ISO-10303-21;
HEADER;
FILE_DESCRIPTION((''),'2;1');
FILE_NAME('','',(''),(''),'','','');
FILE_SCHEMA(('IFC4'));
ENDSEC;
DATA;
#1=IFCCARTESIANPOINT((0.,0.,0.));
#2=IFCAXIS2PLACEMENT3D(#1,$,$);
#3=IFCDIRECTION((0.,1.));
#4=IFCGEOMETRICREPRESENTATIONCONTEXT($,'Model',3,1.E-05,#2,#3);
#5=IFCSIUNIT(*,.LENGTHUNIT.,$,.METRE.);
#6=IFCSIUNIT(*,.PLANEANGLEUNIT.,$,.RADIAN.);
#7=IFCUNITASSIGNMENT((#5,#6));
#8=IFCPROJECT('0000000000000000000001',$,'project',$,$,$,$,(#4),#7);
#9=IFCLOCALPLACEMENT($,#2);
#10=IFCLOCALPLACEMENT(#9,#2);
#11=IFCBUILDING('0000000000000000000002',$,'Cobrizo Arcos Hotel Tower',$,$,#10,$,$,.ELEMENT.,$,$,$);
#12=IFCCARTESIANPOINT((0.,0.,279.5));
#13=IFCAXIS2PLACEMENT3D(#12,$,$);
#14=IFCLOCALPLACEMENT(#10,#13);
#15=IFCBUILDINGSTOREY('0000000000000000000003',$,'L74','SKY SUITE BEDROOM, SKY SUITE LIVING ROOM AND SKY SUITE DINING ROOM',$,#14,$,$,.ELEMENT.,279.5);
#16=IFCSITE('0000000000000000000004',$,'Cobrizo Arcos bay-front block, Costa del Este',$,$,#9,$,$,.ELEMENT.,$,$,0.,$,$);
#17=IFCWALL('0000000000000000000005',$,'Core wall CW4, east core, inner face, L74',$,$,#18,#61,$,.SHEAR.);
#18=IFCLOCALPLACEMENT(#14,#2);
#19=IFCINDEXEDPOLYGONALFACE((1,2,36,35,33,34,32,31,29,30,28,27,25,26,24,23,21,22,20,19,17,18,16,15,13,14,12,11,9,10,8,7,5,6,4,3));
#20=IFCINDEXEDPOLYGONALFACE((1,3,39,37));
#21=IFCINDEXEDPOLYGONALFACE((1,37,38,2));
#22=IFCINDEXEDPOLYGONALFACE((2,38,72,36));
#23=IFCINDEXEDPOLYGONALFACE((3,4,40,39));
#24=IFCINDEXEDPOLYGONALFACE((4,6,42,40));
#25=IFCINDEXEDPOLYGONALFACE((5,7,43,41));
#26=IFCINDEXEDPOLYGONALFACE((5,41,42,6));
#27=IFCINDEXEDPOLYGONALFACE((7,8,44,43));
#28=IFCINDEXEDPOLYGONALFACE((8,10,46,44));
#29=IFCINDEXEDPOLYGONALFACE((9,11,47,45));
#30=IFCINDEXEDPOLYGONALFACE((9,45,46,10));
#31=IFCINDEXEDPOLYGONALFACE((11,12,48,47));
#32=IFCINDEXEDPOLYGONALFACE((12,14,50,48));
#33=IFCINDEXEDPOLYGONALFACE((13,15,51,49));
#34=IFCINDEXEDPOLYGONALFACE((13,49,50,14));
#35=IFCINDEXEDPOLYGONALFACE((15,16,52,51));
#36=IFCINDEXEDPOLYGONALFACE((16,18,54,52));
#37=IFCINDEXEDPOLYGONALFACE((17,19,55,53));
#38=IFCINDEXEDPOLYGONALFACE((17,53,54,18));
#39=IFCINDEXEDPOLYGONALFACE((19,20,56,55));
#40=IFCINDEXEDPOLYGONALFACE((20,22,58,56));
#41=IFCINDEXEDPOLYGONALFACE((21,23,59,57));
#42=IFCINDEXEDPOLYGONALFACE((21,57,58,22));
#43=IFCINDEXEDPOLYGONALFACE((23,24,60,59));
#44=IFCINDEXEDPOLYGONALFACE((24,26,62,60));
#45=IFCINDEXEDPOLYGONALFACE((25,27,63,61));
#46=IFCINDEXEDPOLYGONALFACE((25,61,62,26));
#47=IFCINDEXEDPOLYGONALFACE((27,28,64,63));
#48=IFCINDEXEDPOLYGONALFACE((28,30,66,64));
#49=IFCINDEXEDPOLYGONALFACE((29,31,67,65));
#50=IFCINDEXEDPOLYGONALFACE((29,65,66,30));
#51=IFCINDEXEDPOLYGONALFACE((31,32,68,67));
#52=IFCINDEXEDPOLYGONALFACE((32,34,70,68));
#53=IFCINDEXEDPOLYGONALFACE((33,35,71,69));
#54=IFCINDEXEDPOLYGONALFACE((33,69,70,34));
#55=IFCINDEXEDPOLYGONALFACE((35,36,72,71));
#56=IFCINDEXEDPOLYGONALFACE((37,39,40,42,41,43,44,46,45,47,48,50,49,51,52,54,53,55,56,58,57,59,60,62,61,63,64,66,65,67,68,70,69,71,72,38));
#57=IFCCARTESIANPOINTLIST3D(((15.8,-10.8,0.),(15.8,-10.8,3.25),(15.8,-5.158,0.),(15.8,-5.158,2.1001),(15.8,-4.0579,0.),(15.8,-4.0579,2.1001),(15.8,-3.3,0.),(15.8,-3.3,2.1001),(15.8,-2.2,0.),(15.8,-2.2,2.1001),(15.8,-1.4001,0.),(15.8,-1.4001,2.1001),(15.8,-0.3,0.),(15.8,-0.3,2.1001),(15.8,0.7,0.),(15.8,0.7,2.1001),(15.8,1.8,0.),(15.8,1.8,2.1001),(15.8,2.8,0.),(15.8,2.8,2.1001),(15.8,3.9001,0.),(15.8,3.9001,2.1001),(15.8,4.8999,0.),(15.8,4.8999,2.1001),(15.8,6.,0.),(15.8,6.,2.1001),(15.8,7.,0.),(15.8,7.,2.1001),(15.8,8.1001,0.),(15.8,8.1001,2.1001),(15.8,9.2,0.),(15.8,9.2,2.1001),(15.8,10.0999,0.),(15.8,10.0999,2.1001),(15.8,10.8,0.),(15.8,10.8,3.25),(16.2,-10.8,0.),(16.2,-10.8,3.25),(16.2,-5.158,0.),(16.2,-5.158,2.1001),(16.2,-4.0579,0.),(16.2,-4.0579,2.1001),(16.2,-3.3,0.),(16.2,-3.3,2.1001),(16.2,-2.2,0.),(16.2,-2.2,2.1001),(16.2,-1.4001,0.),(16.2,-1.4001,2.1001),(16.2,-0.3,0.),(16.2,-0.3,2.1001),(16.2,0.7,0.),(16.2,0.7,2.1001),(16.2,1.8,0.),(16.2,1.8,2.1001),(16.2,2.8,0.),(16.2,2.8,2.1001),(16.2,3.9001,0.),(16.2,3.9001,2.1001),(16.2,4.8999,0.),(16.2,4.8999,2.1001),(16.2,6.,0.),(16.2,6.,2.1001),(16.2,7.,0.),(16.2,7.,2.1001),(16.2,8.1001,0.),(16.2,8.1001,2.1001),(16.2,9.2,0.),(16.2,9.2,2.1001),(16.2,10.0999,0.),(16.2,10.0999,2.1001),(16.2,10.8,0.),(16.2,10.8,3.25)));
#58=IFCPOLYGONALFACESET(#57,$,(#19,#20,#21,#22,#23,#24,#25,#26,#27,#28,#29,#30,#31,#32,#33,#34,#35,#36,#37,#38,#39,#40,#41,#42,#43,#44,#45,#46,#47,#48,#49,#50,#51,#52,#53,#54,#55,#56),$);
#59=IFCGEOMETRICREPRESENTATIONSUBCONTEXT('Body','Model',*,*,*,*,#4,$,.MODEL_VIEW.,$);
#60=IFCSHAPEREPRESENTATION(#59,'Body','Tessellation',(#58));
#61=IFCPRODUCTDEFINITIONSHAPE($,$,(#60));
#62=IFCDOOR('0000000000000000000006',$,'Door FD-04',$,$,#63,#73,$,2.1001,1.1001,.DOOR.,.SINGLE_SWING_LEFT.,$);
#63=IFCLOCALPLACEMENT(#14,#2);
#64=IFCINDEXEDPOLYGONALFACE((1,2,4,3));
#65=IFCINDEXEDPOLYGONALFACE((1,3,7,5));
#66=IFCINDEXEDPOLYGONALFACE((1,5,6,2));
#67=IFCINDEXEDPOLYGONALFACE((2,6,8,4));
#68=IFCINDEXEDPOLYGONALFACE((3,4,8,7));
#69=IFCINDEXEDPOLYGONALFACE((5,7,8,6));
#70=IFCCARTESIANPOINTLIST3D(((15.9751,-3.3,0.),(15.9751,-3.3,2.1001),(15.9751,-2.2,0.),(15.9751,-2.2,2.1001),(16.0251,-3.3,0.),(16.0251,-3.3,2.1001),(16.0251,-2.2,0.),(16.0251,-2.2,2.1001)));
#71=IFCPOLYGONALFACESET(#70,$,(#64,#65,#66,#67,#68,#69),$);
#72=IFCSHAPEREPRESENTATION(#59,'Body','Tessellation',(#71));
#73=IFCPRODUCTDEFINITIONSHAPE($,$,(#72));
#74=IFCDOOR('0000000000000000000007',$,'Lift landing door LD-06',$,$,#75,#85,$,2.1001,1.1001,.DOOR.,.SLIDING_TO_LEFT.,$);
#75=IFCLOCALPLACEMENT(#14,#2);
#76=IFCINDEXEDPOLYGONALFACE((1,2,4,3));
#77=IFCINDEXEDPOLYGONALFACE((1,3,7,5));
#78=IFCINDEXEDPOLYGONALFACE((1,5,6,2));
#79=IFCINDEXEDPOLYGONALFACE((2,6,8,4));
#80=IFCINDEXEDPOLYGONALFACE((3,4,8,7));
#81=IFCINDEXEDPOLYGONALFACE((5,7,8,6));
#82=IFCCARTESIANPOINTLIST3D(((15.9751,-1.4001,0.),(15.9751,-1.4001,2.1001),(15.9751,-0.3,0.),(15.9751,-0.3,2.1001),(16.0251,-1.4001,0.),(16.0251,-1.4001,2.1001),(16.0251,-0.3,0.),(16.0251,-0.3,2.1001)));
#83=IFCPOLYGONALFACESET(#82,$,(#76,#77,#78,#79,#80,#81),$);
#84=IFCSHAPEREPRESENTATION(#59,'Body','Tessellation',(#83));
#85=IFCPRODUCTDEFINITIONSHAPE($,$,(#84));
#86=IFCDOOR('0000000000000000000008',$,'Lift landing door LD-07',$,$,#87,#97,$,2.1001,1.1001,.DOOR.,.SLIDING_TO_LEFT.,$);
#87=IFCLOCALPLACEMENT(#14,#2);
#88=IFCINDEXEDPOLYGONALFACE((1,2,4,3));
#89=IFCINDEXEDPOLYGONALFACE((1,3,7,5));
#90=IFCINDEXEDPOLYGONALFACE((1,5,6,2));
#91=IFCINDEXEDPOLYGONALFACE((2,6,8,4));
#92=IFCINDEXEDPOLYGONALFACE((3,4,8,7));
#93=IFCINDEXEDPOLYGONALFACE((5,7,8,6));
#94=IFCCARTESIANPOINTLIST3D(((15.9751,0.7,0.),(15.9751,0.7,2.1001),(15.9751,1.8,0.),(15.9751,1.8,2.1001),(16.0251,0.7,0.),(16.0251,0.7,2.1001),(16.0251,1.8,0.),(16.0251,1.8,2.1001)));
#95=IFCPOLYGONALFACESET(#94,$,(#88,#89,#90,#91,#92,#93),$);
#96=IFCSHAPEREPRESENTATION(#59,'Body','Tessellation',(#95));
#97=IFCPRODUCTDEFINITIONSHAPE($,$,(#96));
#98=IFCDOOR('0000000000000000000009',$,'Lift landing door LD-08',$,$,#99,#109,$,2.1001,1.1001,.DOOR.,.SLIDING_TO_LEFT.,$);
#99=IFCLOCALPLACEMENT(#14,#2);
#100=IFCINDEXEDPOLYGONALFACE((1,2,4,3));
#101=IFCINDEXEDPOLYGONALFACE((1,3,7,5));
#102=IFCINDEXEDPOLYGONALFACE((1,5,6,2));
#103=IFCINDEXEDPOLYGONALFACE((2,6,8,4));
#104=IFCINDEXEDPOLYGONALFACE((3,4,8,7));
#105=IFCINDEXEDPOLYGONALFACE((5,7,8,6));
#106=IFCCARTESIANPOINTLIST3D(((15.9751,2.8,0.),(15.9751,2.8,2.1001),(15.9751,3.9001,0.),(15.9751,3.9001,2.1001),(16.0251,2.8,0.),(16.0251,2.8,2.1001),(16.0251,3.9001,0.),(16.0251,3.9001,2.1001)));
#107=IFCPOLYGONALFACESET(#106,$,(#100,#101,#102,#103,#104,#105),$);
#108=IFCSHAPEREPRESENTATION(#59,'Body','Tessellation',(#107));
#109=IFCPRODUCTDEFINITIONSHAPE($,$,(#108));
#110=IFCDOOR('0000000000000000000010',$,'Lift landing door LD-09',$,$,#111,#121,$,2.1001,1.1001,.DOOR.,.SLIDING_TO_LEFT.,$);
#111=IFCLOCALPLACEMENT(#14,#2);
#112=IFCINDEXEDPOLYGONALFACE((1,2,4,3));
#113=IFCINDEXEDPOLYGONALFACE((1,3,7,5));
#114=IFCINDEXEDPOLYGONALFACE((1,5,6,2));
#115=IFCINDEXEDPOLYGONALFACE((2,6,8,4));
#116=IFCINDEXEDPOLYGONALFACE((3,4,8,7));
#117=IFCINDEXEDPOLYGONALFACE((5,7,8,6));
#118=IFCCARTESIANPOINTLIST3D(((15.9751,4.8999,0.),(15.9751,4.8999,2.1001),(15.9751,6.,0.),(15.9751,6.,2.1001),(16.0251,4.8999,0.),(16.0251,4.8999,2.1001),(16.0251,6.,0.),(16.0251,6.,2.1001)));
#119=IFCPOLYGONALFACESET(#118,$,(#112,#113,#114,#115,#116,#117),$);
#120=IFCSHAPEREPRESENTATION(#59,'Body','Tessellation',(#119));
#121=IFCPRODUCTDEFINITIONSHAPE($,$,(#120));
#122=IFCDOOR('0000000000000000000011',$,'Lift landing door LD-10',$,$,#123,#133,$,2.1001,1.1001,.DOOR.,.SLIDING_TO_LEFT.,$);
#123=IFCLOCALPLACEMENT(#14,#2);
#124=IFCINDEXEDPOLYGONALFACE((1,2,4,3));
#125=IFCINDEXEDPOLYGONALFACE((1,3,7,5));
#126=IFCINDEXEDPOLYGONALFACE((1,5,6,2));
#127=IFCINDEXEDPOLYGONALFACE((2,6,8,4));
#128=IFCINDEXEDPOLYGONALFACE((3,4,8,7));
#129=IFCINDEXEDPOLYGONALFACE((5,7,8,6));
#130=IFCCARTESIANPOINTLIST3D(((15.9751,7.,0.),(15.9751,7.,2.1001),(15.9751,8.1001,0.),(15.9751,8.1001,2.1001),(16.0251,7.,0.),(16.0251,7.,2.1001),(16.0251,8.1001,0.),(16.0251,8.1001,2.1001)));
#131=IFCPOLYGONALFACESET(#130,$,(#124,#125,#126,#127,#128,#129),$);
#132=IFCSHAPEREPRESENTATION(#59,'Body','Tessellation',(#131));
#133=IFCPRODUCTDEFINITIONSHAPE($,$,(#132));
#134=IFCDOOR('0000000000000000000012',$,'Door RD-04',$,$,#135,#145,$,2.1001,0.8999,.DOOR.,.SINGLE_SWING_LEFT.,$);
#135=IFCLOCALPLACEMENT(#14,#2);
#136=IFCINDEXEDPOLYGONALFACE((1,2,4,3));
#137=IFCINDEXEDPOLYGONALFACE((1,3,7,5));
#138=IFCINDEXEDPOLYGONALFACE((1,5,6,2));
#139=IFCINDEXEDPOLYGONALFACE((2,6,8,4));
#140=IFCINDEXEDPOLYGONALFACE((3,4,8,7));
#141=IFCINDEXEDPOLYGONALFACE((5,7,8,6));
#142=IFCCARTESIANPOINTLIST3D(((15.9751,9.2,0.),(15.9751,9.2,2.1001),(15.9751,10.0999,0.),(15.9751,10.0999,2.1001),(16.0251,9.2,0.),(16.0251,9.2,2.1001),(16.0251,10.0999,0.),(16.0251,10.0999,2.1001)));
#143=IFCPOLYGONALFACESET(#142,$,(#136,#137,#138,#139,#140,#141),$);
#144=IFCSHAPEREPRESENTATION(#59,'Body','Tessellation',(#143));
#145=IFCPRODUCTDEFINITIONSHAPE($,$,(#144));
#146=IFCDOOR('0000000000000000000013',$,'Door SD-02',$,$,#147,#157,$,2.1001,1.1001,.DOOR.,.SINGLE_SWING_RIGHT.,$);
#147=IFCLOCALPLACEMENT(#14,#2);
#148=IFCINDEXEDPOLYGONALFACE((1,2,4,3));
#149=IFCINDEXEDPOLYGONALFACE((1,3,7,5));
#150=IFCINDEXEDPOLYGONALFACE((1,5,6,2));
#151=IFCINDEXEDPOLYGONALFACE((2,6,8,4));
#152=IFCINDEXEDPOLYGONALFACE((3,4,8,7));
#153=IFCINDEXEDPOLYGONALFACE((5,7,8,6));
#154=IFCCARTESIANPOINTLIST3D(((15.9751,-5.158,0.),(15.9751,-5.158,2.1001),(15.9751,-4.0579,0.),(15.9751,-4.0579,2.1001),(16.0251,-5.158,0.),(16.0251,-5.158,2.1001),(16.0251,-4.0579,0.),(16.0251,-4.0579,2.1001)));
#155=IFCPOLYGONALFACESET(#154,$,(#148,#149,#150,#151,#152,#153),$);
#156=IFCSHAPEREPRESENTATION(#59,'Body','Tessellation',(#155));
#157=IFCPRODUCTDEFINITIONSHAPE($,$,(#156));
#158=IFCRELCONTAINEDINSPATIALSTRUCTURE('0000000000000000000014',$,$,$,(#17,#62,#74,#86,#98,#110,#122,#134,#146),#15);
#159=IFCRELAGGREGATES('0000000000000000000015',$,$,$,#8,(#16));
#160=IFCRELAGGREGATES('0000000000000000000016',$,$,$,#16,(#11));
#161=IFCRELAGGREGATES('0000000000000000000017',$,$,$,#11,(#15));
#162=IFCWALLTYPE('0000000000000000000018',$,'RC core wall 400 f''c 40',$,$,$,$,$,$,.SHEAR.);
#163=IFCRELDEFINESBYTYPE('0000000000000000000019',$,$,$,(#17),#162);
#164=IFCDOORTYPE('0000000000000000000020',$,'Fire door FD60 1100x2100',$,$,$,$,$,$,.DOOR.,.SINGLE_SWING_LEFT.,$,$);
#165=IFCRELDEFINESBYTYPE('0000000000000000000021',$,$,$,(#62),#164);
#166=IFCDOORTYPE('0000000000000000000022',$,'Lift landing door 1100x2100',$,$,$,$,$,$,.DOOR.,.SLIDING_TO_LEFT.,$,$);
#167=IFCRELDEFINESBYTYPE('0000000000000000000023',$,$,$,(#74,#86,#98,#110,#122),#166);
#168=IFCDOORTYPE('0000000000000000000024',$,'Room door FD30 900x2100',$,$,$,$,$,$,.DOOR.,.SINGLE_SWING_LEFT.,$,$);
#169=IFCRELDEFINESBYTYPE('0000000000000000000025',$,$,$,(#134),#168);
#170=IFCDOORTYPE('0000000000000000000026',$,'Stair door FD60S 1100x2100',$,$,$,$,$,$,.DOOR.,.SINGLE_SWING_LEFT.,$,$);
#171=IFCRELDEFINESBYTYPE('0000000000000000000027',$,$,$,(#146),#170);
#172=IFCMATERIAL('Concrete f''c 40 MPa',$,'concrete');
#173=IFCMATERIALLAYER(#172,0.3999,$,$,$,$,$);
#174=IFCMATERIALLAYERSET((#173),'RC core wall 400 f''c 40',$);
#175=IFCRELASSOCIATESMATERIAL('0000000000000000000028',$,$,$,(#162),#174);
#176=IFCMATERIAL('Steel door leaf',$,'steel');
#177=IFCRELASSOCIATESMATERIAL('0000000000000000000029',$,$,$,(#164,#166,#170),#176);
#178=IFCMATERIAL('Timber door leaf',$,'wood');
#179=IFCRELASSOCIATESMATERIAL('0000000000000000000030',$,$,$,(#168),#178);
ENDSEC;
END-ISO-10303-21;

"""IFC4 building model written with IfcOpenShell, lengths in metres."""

from ifc_helpers import new_model, si_unit, direction, frame, frame_2d, origin, place, context, subcontext, project, spatial, rectangle, extrude, material, layer, layer_set, type_object, element, fill, save


model = new_model("IFC4")

# Units and contexts
model_context = context("Model", 3, precision=1e-05, world=origin(), true_north=direction((0.0, 1.0)))
body_context = subcontext(model_context, "Body", "Model", "MODEL_VIEW")
ifc_project = project(units=[si_unit("LENGTHUNIT", "METRE"), si_unit("PLANEANGLEUNIT", "RADIAN")], contexts=[model_context])

# Site, building, storey
site_placement = place(None, origin())
site = spatial("IfcSite", under=ifc_project, at=site_placement, Name="Cobrizo Arcos bay-front block, Costa del Este", CompositionType="ELEMENT", RefElevation=0.0)
building_placement = place(site_placement, origin())
building = spatial("IfcBuilding", under=site, at=building_placement, Name="Cobrizo Arcos Hotel Tower", CompositionType="ELEMENT")
storey_placement = place(building_placement, frame((0.0, 0.0, 279.5)))
storey = spatial("IfcBuildingStorey", under=building, at=storey_placement, Name="L74", Description="SKY SUITE BEDROOM, SKY SUITE LIVING ROOM AND SKY SUITE DINING ROOM", CompositionType="ELEMENT", Elevation=279.5)

# Wall, openings, doors
ifc_material_1 = material(Name="Concrete f'c 40 MPa", Category="concrete")
ifc_layer_1 = layer(ifc_material_1, 0.3999)
ifc_layer_set_1 = layer_set([ifc_layer_1], Name="RC core wall 400 f'c 40")
wall_type_1 = type_object("IfcWallType", Name="RC core wall 400 f'c 40", PredefinedType="SHEAR", material=ifc_layer_set_1)
wall_1_placement = place(storey_placement, frame((16.0, -10.8, 0.0), z_axis=(0.0, 0.0, 1.0), x_axis=(0.0, 1.0, 0.0)))
wall_1 = element("IfcWall", 1, at=wall_1_placement, inside=storey, type_object=wall_type_1, Name="Core wall CW4, east core, inner face, L74", PredefinedType="SHEAR", context=body_context, shape_type="SweptSolid", body=[
    extrude(rectangle(XDim=21.6001, YDim=0.3999, at=frame_2d((10.8, 0.0))), origin(), (0.0, 0.0, 1.0), 3.25),
])
opening_1_placement = place(wall_1_placement, frame((9.3999, 0.0, 0.0)))
opening_1 = element("IfcOpeningElement", 2, at=opening_1_placement, cuts=wall_1, PredefinedType="OPENING", context=body_context, shape_type="SweptSolid", body=[
    extrude(rectangle(XDim=1.1001, YDim=2.1001, at=frame_2d((0.55, 1.05))), frame((0.0, 0.2119, 0.0), z_axis=(0.0, -1.0, 0.0), x_axis=(1.0, 0.0, 0.0)), (0.0, 0.0, 1.0), 0.4238),
])
opening_2_placement = place(wall_1_placement, frame((11.5, 0.0, 0.0)))
opening_2 = element("IfcOpeningElement", 3, at=opening_2_placement, cuts=wall_1, PredefinedType="OPENING", context=body_context, shape_type="SweptSolid", body=[
    extrude(rectangle(XDim=1.1001, YDim=2.1001, at=frame_2d((0.55, 1.05))), frame((0.0, 0.2119, 0.0), z_axis=(0.0, -1.0, 0.0), x_axis=(1.0, 0.0, 0.0)), (0.0, 0.0, 1.0), 0.4238),
])
opening_3_placement = place(wall_1_placement, frame((13.6001, 0.0, 0.0)))
opening_3 = element("IfcOpeningElement", 4, at=opening_3_placement, cuts=wall_1, PredefinedType="OPENING", context=body_context, shape_type="SweptSolid", body=[
    extrude(rectangle(XDim=1.1001, YDim=2.1001, at=frame_2d((0.55, 1.05))), frame((0.0, 0.2119, 0.0), z_axis=(0.0, -1.0, 0.0), x_axis=(1.0, 0.0, 0.0)), (0.0, 0.0, 1.0), 0.4238),
])
opening_4_placement = place(wall_1_placement, frame((15.7, 0.0, 0.0)))
opening_4 = element("IfcOpeningElement", 5, at=opening_4_placement, cuts=wall_1, PredefinedType="OPENING", context=body_context, shape_type="SweptSolid", body=[
    extrude(rectangle(XDim=1.1001, YDim=2.1001, at=frame_2d((0.55, 1.05))), frame((0.0, 0.2119, 0.0), z_axis=(0.0, -1.0, 0.0), x_axis=(1.0, 0.0, 0.0)), (0.0, 0.0, 1.0), 0.4238),
])
opening_5_placement = place(wall_1_placement, frame((17.8, 0.0, 0.0)))
opening_5 = element("IfcOpeningElement", 6, at=opening_5_placement, cuts=wall_1, PredefinedType="OPENING", context=body_context, shape_type="SweptSolid", body=[
    extrude(rectangle(XDim=1.1001, YDim=2.1001, at=frame_2d((0.55, 1.05))), frame((0.0, 0.2119, 0.0), z_axis=(0.0, -1.0, 0.0), x_axis=(1.0, 0.0, 0.0)), (0.0, 0.0, 1.0), 0.4238),
])
opening_6_placement = place(wall_1_placement, frame((5.6421, 0.0, 0.0)))
opening_6 = element("IfcOpeningElement", 7, at=opening_6_placement, cuts=wall_1, PredefinedType="OPENING", context=body_context, shape_type="SweptSolid", body=[
    extrude(rectangle(XDim=1.1001, YDim=2.1001, at=frame_2d((0.55, 1.05))), frame((0.0, 0.2119, 0.0), z_axis=(0.0, -1.0, 0.0), x_axis=(1.0, 0.0, 0.0)), (0.0, 0.0, 1.0), 0.4238),
])
opening_7_placement = place(wall_1_placement, frame((7.5, 0.0, 0.0)))
opening_7 = element("IfcOpeningElement", 8, at=opening_7_placement, cuts=wall_1, PredefinedType="OPENING", context=body_context, shape_type="SweptSolid", body=[
    extrude(rectangle(XDim=1.1001, YDim=2.1001, at=frame_2d((0.55, 1.05))), frame((0.0, 0.2119, 0.0), z_axis=(0.0, -1.0, 0.0), x_axis=(1.0, 0.0, 0.0)), (0.0, 0.0, 1.0), 0.4238),
])
opening_8_placement = place(wall_1_placement, frame((20.0, 0.0, 0.0)))
opening_8 = element("IfcOpeningElement", 9, at=opening_8_placement, cuts=wall_1, PredefinedType="OPENING", context=body_context, shape_type="SweptSolid", body=[
    extrude(rectangle(XDim=0.8999, YDim=2.1001, at=frame_2d((0.45, 1.05))), frame((0.0, 0.2119, 0.0), z_axis=(0.0, -1.0, 0.0), x_axis=(1.0, 0.0, 0.0)), (0.0, 0.0, 1.0), 0.4238),
])
ifc_material_2 = material(Name="Steel door leaf", Category="steel")
door_type_1 = type_object("IfcDoorType", Name="Fire door FD60 1100x2100", OperationType="SINGLE_SWING_LEFT", PredefinedType="DOOR", material=ifc_material_2)
door_1_placement = place(opening_7_placement, origin())
door_1 = element("IfcDoor", 10, at=door_1_placement, inside=storey, type_object=door_type_1, Name="Door FD-04", OperationType="SINGLE_SWING_LEFT", OverallHeight=2.1001, OverallWidth=1.1001, PredefinedType="DOOR", context=body_context, shape_type="SweptSolid", body=[
    extrude(rectangle(XDim=1.1001, YDim=2.1001, at=frame_2d((0.55, 1.05))), frame((0.0, 0.0249, 0.0), z_axis=(0.0, -1.0, 0.0), x_axis=(1.0, 0.0, 0.0)), (0.0, 0.0, 1.0), 0.05),
])
fill(opening_7, door_1)
door_type_2 = type_object("IfcDoorType", Name="Lift landing door 1100x2100", OperationType="SLIDING_TO_LEFT", PredefinedType="DOOR", material=ifc_material_2)
door_2_placement = place(opening_1_placement, origin())
door_2 = element("IfcDoor", 11, at=door_2_placement, inside=storey, type_object=door_type_2, Name="Lift landing door LD-06", OperationType="SLIDING_TO_LEFT", OverallHeight=2.1001, OverallWidth=1.1001, PredefinedType="DOOR", context=body_context, shape_type="SweptSolid", body=[
    extrude(rectangle(XDim=1.1001, YDim=2.1001, at=frame_2d((0.55, 1.05))), frame((0.0, 0.0249, 0.0), z_axis=(0.0, -1.0, 0.0), x_axis=(1.0, 0.0, 0.0)), (0.0, 0.0, 1.0), 0.05),
])
fill(opening_1, door_2)
door_3_placement = place(opening_2_placement, origin())
door_3 = element("IfcDoor", 12, at=door_3_placement, inside=storey, type_object=door_type_2, Name="Lift landing door LD-07", OperationType="SLIDING_TO_LEFT", OverallHeight=2.1001, OverallWidth=1.1001, PredefinedType="DOOR", context=body_context, shape_type="SweptSolid", body=[
    extrude(rectangle(XDim=1.1001, YDim=2.1001, at=frame_2d((0.55, 1.05))), frame((0.0, 0.0249, 0.0), z_axis=(0.0, -1.0, 0.0), x_axis=(1.0, 0.0, 0.0)), (0.0, 0.0, 1.0), 0.05),
])
fill(opening_2, door_3)
door_4_placement = place(opening_3_placement, origin())
door_4 = element("IfcDoor", 13, at=door_4_placement, inside=storey, type_object=door_type_2, Name="Lift landing door LD-08", OperationType="SLIDING_TO_LEFT", OverallHeight=2.1001, OverallWidth=1.1001, PredefinedType="DOOR", context=body_context, shape_type="SweptSolid", body=[
    extrude(rectangle(XDim=1.1001, YDim=2.1001, at=frame_2d((0.55, 1.05))), frame((0.0, 0.0249, 0.0), z_axis=(0.0, -1.0, 0.0), x_axis=(1.0, 0.0, 0.0)), (0.0, 0.0, 1.0), 0.05),
])
fill(opening_3, door_4)
door_5_placement = place(opening_4_placement, origin())
door_5 = element("IfcDoor", 14, at=door_5_placement, inside=storey, type_object=door_type_2, Name="Lift landing door LD-09", OperationType="SLIDING_TO_LEFT", OverallHeight=2.1001, OverallWidth=1.1001, PredefinedType="DOOR", context=body_context, shape_type="SweptSolid", body=[
    extrude(rectangle(XDim=1.1001, YDim=2.1001, at=frame_2d((0.55, 1.05))), frame((0.0, 0.0249, 0.0), z_axis=(0.0, -1.0, 0.0), x_axis=(1.0, 0.0, 0.0)), (0.0, 0.0, 1.0), 0.05),
])
fill(opening_4, door_5)
door_6_placement = place(opening_5_placement, origin())
door_6 = element("IfcDoor", 15, at=door_6_placement, inside=storey, type_object=door_type_2, Name="Lift landing door LD-10", OperationType="SLIDING_TO_LEFT", OverallHeight=2.1001, OverallWidth=1.1001, PredefinedType="DOOR", context=body_context, shape_type="SweptSolid", body=[
    extrude(rectangle(XDim=1.1001, YDim=2.1001, at=frame_2d((0.55, 1.05))), frame((0.0, 0.0249, 0.0), z_axis=(0.0, -1.0, 0.0), x_axis=(1.0, 0.0, 0.0)), (0.0, 0.0, 1.0), 0.05),
])
fill(opening_5, door_6)
ifc_material_3 = material(Name="Timber door leaf", Category="wood")
door_type_3 = type_object("IfcDoorType", Name="Room door FD30 900x2100", OperationType="SINGLE_SWING_LEFT", PredefinedType="DOOR", material=ifc_material_3)
door_7_placement = place(opening_8_placement, origin())
door_7 = element("IfcDoor", 16, at=door_7_placement, inside=storey, type_object=door_type_3, Name="Door RD-04", OperationType="SINGLE_SWING_LEFT", OverallHeight=2.1001, OverallWidth=0.8999, PredefinedType="DOOR", context=body_context, shape_type="SweptSolid", body=[
    extrude(rectangle(XDim=0.8999, YDim=2.1001, at=frame_2d((0.45, 1.05))), frame((0.0, 0.0249, 0.0), z_axis=(0.0, -1.0, 0.0), x_axis=(1.0, 0.0, 0.0)), (0.0, 0.0, 1.0), 0.05),
])
fill(opening_8, door_7)
door_type_4 = type_object("IfcDoorType", Name="Stair door FD60S 1100x2100", OperationType="SINGLE_SWING_LEFT", PredefinedType="DOOR", material=ifc_material_2)
door_8_placement = place(opening_6_placement, origin())
door_8 = element("IfcDoor", 17, at=door_8_placement, inside=storey, type_object=door_type_4, Name="Door SD-02", OperationType="SINGLE_SWING_RIGHT", OverallHeight=2.1001, OverallWidth=1.1001, PredefinedType="DOOR", context=body_context, shape_type="SweptSolid", body=[
    extrude(rectangle(XDim=1.1001, YDim=2.1001, at=frame_2d((0.55, 1.05))), frame((0.0, 0.0249, 0.0), z_axis=(0.0, -1.0, 0.0), x_axis=(1.0, 0.0, 0.0)), (0.0, 0.0, 1.0), 0.05),
])
fill(opening_6, door_8)

save(model, "model.ifc")
